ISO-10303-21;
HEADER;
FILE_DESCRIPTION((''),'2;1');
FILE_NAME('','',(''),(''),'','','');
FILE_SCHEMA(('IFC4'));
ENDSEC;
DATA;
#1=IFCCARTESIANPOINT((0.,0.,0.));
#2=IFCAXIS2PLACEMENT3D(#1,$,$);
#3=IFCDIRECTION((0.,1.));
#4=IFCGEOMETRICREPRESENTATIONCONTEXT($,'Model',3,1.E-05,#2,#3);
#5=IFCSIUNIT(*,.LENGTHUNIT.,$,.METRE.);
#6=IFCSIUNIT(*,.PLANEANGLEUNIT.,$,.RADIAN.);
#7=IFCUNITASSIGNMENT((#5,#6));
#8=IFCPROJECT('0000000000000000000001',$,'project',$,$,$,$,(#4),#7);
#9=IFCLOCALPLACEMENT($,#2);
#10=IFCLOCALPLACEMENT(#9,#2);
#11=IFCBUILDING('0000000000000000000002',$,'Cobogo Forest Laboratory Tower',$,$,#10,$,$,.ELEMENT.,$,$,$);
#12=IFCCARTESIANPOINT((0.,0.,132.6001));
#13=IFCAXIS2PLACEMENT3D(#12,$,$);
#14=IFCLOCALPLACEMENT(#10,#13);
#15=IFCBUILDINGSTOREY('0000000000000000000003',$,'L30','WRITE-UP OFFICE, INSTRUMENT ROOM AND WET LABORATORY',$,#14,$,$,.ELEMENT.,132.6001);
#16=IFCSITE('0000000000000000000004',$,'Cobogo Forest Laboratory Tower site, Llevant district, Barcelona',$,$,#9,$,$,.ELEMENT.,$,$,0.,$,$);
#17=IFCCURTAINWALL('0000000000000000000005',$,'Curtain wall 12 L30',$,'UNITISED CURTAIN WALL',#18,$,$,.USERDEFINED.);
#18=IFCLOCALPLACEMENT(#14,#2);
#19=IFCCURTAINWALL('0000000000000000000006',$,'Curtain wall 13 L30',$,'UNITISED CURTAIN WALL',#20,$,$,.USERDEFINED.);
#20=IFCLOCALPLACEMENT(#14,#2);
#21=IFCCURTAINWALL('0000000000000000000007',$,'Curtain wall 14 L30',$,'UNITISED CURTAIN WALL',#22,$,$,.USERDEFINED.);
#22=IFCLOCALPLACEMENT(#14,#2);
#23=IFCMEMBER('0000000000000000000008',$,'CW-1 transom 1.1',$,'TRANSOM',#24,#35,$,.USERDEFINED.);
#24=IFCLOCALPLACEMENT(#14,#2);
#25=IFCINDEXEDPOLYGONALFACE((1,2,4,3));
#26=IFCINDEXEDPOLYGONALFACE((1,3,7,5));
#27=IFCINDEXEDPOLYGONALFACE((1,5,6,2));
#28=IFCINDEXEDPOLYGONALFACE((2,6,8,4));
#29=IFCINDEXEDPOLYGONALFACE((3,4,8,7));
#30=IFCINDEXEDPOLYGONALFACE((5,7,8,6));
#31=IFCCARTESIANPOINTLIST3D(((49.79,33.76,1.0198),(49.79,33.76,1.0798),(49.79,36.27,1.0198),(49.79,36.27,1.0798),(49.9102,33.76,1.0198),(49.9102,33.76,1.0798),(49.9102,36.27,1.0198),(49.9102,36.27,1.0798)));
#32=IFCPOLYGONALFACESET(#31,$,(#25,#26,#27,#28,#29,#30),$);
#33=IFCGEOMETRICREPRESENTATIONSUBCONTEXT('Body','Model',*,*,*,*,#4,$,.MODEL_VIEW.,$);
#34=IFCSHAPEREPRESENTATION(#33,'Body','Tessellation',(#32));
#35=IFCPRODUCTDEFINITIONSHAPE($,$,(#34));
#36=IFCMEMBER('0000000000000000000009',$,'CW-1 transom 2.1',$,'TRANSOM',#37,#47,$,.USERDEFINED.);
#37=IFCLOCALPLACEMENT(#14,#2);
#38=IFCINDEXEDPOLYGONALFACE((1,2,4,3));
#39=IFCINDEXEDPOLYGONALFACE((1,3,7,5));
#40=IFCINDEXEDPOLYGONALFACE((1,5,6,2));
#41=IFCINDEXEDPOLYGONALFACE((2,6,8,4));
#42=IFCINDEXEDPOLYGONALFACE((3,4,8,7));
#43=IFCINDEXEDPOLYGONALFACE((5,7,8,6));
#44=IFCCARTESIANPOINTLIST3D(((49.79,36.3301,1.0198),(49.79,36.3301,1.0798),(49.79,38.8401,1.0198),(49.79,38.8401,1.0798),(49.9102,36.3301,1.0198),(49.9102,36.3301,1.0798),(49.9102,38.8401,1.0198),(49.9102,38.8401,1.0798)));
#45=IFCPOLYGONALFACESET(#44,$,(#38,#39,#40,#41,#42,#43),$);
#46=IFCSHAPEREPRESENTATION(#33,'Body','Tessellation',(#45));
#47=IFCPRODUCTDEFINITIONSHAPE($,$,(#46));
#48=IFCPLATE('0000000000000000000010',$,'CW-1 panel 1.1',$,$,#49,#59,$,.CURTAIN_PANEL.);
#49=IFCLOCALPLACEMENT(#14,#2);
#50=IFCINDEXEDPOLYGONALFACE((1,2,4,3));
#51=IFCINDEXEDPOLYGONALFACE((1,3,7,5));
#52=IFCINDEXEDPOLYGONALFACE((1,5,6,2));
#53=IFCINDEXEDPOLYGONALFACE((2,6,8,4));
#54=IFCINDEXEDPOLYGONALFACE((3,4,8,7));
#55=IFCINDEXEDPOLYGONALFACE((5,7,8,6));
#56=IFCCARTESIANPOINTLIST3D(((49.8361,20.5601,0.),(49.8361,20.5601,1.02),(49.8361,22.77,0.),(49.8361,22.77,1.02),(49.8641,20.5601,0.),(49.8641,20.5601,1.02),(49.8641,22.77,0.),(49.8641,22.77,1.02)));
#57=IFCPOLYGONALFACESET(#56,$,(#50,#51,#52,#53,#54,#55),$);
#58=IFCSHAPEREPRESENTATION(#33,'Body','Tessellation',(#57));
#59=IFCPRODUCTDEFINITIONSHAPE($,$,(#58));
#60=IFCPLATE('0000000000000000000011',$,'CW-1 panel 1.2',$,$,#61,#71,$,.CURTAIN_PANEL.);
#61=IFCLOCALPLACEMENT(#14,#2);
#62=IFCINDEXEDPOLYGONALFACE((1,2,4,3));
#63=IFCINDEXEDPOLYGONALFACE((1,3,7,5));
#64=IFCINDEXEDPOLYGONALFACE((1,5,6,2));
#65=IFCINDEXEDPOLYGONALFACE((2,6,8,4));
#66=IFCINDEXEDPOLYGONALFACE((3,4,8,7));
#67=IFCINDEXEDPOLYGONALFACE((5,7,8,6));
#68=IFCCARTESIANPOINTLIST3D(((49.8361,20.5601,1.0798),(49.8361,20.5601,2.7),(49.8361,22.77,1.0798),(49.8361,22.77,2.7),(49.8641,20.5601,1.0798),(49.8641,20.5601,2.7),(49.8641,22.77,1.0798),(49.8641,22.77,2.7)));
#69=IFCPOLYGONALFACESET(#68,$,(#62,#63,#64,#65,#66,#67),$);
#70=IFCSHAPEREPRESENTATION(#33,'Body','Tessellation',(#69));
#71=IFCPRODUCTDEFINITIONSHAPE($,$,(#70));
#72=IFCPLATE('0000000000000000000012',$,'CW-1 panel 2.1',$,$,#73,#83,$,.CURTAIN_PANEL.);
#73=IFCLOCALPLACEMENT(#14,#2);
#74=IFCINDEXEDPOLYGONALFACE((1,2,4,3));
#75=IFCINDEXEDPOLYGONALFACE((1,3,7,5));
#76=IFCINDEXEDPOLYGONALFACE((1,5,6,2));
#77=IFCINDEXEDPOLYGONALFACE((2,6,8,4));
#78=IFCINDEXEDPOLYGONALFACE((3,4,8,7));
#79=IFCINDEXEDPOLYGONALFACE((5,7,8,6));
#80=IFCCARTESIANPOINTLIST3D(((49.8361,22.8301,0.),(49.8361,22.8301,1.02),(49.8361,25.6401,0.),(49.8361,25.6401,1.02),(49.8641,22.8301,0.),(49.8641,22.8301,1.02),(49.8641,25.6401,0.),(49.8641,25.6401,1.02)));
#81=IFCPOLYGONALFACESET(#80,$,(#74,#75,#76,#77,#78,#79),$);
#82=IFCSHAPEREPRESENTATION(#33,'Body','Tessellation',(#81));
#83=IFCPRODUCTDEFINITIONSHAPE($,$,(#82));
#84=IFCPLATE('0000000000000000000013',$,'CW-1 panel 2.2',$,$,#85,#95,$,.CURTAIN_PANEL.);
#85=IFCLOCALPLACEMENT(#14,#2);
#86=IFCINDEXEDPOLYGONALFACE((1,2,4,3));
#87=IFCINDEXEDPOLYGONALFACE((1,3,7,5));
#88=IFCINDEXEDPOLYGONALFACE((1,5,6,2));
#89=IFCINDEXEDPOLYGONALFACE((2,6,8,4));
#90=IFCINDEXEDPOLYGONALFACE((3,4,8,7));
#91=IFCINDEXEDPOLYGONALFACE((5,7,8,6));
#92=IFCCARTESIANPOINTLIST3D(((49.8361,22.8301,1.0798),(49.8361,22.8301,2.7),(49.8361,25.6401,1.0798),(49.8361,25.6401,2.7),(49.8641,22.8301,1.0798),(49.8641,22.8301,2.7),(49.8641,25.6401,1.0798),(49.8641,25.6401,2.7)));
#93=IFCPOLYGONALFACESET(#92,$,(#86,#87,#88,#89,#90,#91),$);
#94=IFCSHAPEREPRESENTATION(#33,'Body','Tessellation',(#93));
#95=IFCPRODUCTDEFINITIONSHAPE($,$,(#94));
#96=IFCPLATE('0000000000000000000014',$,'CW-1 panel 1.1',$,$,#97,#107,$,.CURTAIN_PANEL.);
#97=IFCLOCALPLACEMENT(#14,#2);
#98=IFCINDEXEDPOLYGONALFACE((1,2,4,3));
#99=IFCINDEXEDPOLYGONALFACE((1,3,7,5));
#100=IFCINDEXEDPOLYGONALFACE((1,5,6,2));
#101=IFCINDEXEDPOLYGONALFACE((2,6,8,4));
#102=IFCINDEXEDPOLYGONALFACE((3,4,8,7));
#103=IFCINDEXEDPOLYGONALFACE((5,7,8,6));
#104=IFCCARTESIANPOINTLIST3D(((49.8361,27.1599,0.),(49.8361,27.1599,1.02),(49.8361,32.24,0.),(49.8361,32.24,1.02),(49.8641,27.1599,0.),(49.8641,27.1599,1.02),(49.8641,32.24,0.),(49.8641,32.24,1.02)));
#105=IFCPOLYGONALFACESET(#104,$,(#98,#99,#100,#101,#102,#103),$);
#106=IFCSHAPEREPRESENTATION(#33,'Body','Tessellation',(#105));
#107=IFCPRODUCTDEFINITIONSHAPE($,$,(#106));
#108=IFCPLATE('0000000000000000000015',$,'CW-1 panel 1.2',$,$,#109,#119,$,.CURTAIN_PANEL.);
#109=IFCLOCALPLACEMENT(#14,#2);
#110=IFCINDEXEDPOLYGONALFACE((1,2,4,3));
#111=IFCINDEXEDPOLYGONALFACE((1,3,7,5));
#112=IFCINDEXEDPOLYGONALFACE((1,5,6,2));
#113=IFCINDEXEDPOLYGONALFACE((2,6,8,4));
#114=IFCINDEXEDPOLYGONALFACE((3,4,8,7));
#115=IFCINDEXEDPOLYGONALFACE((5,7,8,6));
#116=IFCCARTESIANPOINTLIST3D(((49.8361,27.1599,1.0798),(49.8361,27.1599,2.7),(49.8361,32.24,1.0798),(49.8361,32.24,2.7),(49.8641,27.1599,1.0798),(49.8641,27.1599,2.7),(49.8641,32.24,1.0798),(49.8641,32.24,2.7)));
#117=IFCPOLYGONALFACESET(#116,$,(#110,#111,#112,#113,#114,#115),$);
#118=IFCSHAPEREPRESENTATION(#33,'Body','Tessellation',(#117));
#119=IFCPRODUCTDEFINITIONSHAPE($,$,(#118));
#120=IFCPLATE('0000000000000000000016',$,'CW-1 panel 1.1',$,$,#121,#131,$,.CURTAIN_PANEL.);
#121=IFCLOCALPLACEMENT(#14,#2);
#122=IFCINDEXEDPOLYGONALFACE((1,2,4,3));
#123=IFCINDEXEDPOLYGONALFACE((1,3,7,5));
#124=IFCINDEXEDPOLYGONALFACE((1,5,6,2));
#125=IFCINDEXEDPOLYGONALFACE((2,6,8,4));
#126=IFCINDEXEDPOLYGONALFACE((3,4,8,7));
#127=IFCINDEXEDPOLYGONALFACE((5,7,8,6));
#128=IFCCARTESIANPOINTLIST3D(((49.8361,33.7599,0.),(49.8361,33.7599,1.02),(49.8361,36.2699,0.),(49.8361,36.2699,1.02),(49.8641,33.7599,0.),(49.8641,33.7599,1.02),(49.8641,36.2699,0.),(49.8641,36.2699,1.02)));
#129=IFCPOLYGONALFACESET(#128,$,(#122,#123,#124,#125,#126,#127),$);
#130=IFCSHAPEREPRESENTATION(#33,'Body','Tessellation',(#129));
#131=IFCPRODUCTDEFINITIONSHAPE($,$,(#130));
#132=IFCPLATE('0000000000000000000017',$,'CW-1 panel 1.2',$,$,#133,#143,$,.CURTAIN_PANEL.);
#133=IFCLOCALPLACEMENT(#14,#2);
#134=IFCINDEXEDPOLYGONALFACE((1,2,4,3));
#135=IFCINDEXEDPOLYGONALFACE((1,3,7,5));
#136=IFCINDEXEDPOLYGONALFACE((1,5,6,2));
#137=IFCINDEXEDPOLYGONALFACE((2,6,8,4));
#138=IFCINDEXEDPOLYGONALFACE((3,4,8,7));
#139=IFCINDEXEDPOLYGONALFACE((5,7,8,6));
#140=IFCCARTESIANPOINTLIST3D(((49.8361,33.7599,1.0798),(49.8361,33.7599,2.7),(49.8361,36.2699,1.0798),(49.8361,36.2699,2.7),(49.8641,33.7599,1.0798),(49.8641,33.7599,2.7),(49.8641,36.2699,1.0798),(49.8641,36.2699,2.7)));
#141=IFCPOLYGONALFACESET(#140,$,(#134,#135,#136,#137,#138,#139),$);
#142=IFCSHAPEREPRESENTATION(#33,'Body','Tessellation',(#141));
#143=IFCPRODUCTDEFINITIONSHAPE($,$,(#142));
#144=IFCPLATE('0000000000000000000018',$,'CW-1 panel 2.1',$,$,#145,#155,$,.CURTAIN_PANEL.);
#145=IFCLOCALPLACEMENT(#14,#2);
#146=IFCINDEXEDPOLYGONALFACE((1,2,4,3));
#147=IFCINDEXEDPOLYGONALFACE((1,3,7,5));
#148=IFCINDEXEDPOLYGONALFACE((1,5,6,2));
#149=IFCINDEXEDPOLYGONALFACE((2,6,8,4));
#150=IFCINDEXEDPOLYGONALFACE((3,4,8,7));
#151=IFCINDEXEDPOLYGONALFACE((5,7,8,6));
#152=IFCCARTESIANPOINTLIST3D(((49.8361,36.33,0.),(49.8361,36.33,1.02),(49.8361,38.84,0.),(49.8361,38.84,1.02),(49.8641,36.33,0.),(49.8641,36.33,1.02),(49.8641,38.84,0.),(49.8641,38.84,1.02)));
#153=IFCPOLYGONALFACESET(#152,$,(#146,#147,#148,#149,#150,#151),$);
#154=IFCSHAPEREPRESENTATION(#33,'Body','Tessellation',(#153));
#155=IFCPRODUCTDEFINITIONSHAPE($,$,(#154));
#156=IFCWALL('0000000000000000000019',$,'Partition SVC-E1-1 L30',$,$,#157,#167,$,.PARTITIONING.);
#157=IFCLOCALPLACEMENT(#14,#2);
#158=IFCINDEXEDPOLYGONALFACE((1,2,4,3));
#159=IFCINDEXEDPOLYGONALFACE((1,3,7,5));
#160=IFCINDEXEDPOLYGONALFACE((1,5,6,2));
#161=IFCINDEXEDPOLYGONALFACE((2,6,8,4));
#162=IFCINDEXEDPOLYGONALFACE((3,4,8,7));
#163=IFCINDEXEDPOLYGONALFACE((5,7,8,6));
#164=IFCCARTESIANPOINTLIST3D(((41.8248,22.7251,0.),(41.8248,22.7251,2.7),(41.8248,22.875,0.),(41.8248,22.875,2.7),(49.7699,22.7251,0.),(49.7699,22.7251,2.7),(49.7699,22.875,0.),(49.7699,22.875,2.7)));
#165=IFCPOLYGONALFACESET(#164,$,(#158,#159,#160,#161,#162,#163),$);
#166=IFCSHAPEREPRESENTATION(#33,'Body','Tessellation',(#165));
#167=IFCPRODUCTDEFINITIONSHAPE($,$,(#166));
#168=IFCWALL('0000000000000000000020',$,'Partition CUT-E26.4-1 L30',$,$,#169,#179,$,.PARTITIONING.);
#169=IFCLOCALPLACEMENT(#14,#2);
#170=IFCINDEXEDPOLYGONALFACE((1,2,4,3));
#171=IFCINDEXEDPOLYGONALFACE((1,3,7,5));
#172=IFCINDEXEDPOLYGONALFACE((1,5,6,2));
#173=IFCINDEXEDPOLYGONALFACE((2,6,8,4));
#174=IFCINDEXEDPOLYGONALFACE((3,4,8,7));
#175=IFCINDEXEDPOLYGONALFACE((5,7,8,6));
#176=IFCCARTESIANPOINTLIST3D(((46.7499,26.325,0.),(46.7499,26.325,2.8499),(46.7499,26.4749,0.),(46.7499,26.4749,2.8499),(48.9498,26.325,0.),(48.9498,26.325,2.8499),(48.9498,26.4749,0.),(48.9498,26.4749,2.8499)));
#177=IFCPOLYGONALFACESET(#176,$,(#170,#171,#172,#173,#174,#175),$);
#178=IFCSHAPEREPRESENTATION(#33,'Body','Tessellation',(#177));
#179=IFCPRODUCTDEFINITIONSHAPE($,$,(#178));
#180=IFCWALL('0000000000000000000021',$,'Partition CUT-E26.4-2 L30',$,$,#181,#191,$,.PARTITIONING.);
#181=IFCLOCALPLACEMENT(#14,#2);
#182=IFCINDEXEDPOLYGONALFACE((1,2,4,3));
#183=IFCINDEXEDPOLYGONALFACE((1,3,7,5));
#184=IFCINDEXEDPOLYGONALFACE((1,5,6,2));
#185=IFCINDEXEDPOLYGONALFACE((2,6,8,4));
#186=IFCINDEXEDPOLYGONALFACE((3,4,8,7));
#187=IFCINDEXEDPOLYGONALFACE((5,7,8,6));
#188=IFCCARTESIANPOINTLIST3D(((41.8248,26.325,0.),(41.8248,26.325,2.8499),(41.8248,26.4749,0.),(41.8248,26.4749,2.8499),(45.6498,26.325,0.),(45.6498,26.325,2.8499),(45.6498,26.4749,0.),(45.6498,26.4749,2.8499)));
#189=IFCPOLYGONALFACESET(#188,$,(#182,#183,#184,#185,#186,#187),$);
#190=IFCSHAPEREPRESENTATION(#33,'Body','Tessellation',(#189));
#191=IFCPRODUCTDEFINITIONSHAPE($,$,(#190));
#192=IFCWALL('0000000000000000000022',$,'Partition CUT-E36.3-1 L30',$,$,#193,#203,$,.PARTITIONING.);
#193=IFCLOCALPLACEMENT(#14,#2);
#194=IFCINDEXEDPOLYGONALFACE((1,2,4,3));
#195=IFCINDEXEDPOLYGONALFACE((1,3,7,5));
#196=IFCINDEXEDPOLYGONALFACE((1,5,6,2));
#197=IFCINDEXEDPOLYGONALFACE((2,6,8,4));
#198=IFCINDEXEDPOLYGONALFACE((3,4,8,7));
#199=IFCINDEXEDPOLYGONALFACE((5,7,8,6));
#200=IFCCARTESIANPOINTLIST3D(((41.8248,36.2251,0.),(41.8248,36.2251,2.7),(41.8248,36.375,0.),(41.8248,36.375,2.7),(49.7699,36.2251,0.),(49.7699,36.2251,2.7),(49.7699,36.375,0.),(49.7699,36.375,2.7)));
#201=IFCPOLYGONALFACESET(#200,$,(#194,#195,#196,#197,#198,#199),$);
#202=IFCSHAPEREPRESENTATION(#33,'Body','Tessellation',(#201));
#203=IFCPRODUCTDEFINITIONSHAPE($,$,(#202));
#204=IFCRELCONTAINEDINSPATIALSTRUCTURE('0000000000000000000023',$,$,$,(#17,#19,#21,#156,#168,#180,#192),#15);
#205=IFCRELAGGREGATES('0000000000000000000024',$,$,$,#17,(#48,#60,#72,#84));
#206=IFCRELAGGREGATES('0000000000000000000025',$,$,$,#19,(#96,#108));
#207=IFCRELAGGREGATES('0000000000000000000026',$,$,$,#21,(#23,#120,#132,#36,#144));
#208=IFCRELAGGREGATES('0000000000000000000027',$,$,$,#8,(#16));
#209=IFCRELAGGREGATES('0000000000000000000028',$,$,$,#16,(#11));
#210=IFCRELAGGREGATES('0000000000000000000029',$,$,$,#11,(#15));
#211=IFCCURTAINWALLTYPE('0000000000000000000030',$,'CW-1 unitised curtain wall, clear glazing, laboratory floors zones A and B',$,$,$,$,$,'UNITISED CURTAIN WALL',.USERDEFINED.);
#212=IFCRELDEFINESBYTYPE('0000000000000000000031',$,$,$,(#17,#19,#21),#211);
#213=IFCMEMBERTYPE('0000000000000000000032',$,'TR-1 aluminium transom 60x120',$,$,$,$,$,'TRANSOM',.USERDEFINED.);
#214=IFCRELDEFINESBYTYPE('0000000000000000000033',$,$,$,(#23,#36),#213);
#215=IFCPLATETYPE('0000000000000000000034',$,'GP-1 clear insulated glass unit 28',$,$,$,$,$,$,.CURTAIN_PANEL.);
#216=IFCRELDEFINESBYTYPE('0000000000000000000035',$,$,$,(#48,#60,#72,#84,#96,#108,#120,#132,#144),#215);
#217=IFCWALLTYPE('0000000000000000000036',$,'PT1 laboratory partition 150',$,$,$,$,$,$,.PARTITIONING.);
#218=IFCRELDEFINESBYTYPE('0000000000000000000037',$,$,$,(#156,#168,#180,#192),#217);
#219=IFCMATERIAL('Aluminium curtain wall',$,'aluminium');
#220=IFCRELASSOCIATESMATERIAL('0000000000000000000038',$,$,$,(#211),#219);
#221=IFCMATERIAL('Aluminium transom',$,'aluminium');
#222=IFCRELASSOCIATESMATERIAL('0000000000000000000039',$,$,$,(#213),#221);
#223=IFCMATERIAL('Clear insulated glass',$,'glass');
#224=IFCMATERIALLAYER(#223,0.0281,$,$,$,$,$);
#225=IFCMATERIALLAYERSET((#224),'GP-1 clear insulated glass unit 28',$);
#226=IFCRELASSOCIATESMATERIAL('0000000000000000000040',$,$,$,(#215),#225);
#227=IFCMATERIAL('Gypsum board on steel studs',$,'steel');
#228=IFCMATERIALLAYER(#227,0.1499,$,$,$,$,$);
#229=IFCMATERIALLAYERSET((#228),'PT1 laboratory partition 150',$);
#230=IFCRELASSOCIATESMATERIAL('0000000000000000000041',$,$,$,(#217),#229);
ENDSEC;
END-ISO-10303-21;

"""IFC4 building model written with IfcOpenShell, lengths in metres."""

from ifc_helpers import new_model, si_unit, direction, frame, frame_2d, origin, origin_2d, place, context, subcontext, project, spatial, rectangle, extrude, material, layer, layer_set, material_profile, profile_set, type_object, element, aggregate, save


model = new_model("IFC4")

# Units and contexts
model_context = context("Model", 3, precision=1e-05, world=origin(), true_north=direction((0.0, 1.0)))
body_context = subcontext(model_context, "Body", "Model", "MODEL_VIEW")
ifc_project = project(units=[si_unit("LENGTHUNIT", "METRE"), si_unit("PLANEANGLEUNIT", "RADIAN")], contexts=[model_context])

# Site, building, storey
site_placement = place(None, origin())
site = spatial("IfcSite", under=ifc_project, at=site_placement, Name="Cobogo Forest Laboratory Tower site, Llevant district, Barcelona", CompositionType="ELEMENT", RefElevation=0.0)
building_placement = place(site_placement, origin())
building = spatial("IfcBuilding", under=site, at=building_placement, Name="Cobogo Forest Laboratory Tower", CompositionType="ELEMENT")
storey_placement = place(building_placement, frame((0.0, 0.0, 132.6001)))
storey = spatial("IfcBuildingStorey", under=building, at=storey_placement, Name="L30", Description="WRITE-UP OFFICE, INSTRUMENT ROOM AND WET LABORATORY", CompositionType="ELEMENT", Elevation=132.6001)

# Curtain walls
ifc_material_1 = material(Name="Aluminium curtain wall", Category="aluminium")
curtain_wall_type = type_object("IfcCurtainWallType", Name="CW-1 unitised curtain wall, clear glazing, laboratory floors zones A and B", ElementType="UNITISED CURTAIN WALL", PredefinedType="USERDEFINED", material=ifc_material_1)
curtain_wall_1_placement = place(storey_placement, origin())
curtain_wall_1 = element("IfcCurtainWall", 1, at=curtain_wall_1_placement, inside=storey, type_object=curtain_wall_type, Name="Curtain wall 12 L30", ObjectType="UNITISED CURTAIN WALL", PredefinedType="USERDEFINED")
curtain_wall_2_placement = place(storey_placement, origin())
curtain_wall_2 = element("IfcCurtainWall", 2, at=curtain_wall_2_placement, inside=storey, type_object=curtain_wall_type, Name="Curtain wall 13 L30", ObjectType="UNITISED CURTAIN WALL", PredefinedType="USERDEFINED")
curtain_wall_3_placement = place(storey_placement, origin())
curtain_wall_3 = element("IfcCurtainWall", 3, at=curtain_wall_3_placement, inside=storey, type_object=curtain_wall_type, Name="Curtain wall 14 L30", ObjectType="UNITISED CURTAIN WALL", PredefinedType="USERDEFINED")

# Members
ifc_material_2 = material(Name="Aluminium transom", Category="aluminium")
ifc_material_profile_1 = material_profile(ifc_material_2, rectangle(XDim=0.1201, YDim=0.0601, at=origin_2d()), Name="AL 60x120")
ifc_profile_set_1 = profile_set([ifc_material_profile_1], Name="Aluminium transom")
member_type_1 = type_object("IfcMemberType", Name="TR-1 aluminium transom 60x120", ElementType="TRANSOM", PredefinedType="USERDEFINED", material=ifc_profile_set_1)
member_1_placement = place(storey_placement, frame((49.8501, 33.76, 1.0498), z_axis=(0.0, 1.0, 0.0), x_axis=(-1.0, 0.0, 0.0)))
member_1 = element("IfcMember", 4, at=member_1_placement, type_object=member_type_1, Name="CW-1 transom 1.1", ObjectType="TRANSOM", PredefinedType="USERDEFINED", context=body_context, shape_type="SweptSolid", body=[
    extrude(rectangle(XDim=0.1201, YDim=0.0601, at=origin_2d()), origin(), (0.0, 0.0, 1.0), 2.51),
])
member_2_placement = place(storey_placement, frame((49.8501, 36.3301, 1.0498), z_axis=(0.0, 1.0, 0.0), x_axis=(-1.0, 0.0, 0.0)))
member_2 = element("IfcMember", 5, at=member_2_placement, type_object=member_type_1, Name="CW-1 transom 2.1", ObjectType="TRANSOM", PredefinedType="USERDEFINED", context=body_context, shape_type="SweptSolid", body=[
    extrude(rectangle(XDim=0.1201, YDim=0.0601, at=origin_2d()), origin(), (0.0, 0.0, 1.0), 2.51),
])

# Plates
ifc_material_3 = material(Name="Clear insulated glass", Category="glass")
ifc_layer_1 = layer(ifc_material_3, 0.0281)
ifc_layer_set_1 = layer_set([ifc_layer_1], Name="GP-1 clear insulated glass unit 28")
plate_type_1 = type_object("IfcPlateType", Name="GP-1 clear insulated glass unit 28", PredefinedType="CURTAIN_PANEL", material=ifc_layer_set_1)
plate_1_placement = place(storey_placement, frame((49.8501, 21.665, 0.0), z_axis=(0.0, 0.0, 1.0), x_axis=(0.0, 1.0, 0.0)))
plate_1 = element("IfcPlate", 6, at=plate_1_placement, type_object=plate_type_1, Name="CW-1 panel 1.1", PredefinedType="CURTAIN_PANEL", context=body_context, shape_type="SweptSolid", body=[
    extrude(rectangle(XDim=2.21, YDim=0.0281, at=origin_2d()), origin(), (0.0, 0.0, 1.0), 1.02),
])
plate_2_placement = place(storey_placement, frame((49.8501, 21.665, 1.0798), z_axis=(0.0, 0.0, 1.0), x_axis=(0.0, 1.0, 0.0)))
plate_2 = element("IfcPlate", 7, at=plate_2_placement, type_object=plate_type_1, Name="CW-1 panel 1.2", PredefinedType="CURTAIN_PANEL", context=body_context, shape_type="SweptSolid", body=[
    extrude(rectangle(XDim=2.21, YDim=0.0281, at=origin_2d()), origin(), (0.0, 0.0, 1.0), 1.6201),
])
plate_3_placement = place(storey_placement, frame((49.8501, 24.2351, 0.0), z_axis=(0.0, 0.0, 1.0), x_axis=(0.0, 1.0, 0.0)))
plate_3 = element("IfcPlate", 8, at=plate_3_placement, type_object=plate_type_1, Name="CW-1 panel 2.1", PredefinedType="CURTAIN_PANEL", context=body_context, shape_type="SweptSolid", body=[
    extrude(rectangle(XDim=2.8101, YDim=0.0281, at=origin_2d()), origin(), (0.0, 0.0, 1.0), 1.02),
])
plate_4_placement = place(storey_placement, frame((49.8501, 24.2351, 1.0798), z_axis=(0.0, 0.0, 1.0), x_axis=(0.0, 1.0, 0.0)))
plate_4 = element("IfcPlate", 9, at=plate_4_placement, type_object=plate_type_1, Name="CW-1 panel 2.2", PredefinedType="CURTAIN_PANEL", context=body_context, shape_type="SweptSolid", body=[
    extrude(rectangle(XDim=2.8101, YDim=0.0281, at=origin_2d()), origin(), (0.0, 0.0, 1.0), 1.6201),
])
aggregate(curtain_wall_1, [plate_1, plate_2, plate_3, plate_4])
plate_5_placement = place(storey_placement, frame((49.8501, 29.7, 0.0), z_axis=(0.0, 0.0, 1.0), x_axis=(0.0, 1.0, 0.0)))
plate_5 = element("IfcPlate", 10, at=plate_5_placement, type_object=plate_type_1, Name="CW-1 panel 1.1", PredefinedType="CURTAIN_PANEL", context=body_context, shape_type="SweptSolid", body=[
    extrude(rectangle(XDim=5.0801, YDim=0.0281, at=origin_2d()), origin(), (0.0, 0.0, 1.0), 1.02),
])
plate_6_placement = place(storey_placement, frame((49.8501, 29.7, 1.0798), z_axis=(0.0, 0.0, 1.0), x_axis=(0.0, 1.0, 0.0)))
plate_6 = element("IfcPlate", 11, at=plate_6_placement, type_object=plate_type_1, Name="CW-1 panel 1.2", PredefinedType="CURTAIN_PANEL", context=body_context, shape_type="SweptSolid", body=[
    extrude(rectangle(XDim=5.0801, YDim=0.0281, at=origin_2d()), origin(), (0.0, 0.0, 1.0), 1.6201),
])
aggregate(curtain_wall_2, [plate_5, plate_6])
plate_7_placement = place(storey_placement, frame((49.8501, 35.0149, 0.0), z_axis=(0.0, 0.0, 1.0), x_axis=(0.0, 1.0, 0.0)))
plate_7 = element("IfcPlate", 12, at=plate_7_placement, type_object=plate_type_1, Name="CW-1 panel 1.1", PredefinedType="CURTAIN_PANEL", context=body_context, shape_type="SweptSolid", body=[
    extrude(rectangle(XDim=2.51, YDim=0.0281, at=origin_2d()), origin(), (0.0, 0.0, 1.0), 1.02),
])
plate_8_placement = place(storey_placement, frame((49.8501, 35.0149, 1.0798), z_axis=(0.0, 0.0, 1.0), x_axis=(0.0, 1.0, 0.0)))
plate_8 = element("IfcPlate", 13, at=plate_8_placement, type_object=plate_type_1, Name="CW-1 panel 1.2", PredefinedType="CURTAIN_PANEL", context=body_context, shape_type="SweptSolid", body=[
    extrude(rectangle(XDim=2.51, YDim=0.0281, at=origin_2d()), origin(), (0.0, 0.0, 1.0), 1.6201),
])
plate_9_placement = place(storey_placement, frame((49.8501, 37.585, 0.0), z_axis=(0.0, 0.0, 1.0), x_axis=(0.0, 1.0, 0.0)))
plate_9 = element("IfcPlate", 14, at=plate_9_placement, type_object=plate_type_1, Name="CW-1 panel 2.1", PredefinedType="CURTAIN_PANEL", context=body_context, shape_type="SweptSolid", body=[
    extrude(rectangle(XDim=2.51, YDim=0.0281, at=origin_2d()), origin(), (0.0, 0.0, 1.0), 1.02),
])
aggregate(curtain_wall_3, [member_1, plate_7, plate_8, member_2, plate_9])

# Walls
ifc_material_4 = material(Name="Gypsum board on steel studs", Category="steel")
ifc_layer_2 = layer(ifc_material_4, 0.1499)
ifc_layer_set_2 = layer_set([ifc_layer_2], Name="PT1 laboratory partition 150")
wall_type = type_object("IfcWallType", Name="PT1 laboratory partition 150", PredefinedType="PARTITIONING", material=ifc_layer_set_2)
wall_1_placement = place(storey_placement, frame((49.77, 22.8, 0.0), z_axis=(0.0, 0.0, 1.0), x_axis=(-1.0, 0.0, 0.0)))
element("IfcWall", 15, at=wall_1_placement, inside=storey, type_object=wall_type, Name="Partition SVC-E1-1 L30", PredefinedType="PARTITIONING", context=body_context, shape_type="SweptSolid", body=[
    extrude(rectangle(XDim=7.9451, YDim=0.1499, at=frame_2d((3.9727, 0.0))), origin(), (0.0, 0.0, 1.0), 2.7),
])
wall_2_placement = place(storey_placement, frame((48.95, 26.3999, 0.0), z_axis=(0.0, 0.0, 1.0), x_axis=(-1.0, 0.0, 0.0)))
element("IfcWall", 16, at=wall_2_placement, inside=storey, type_object=wall_type, Name="Partition CUT-E26.4-1 L30", PredefinedType="PARTITIONING", context=body_context, shape_type="SweptSolid", body=[
    extrude(rectangle(XDim=2.2, YDim=0.1499, at=frame_2d((1.1001, 0.0))), origin(), (0.0, 0.0, 1.0), 2.8499),
])
wall_3_placement = place(storey_placement, frame((45.6499, 26.3999, 0.0), z_axis=(0.0, 0.0, 1.0), x_axis=(-1.0, 0.0, 0.0)))
element("IfcWall", 17, at=wall_3_placement, inside=storey, type_object=wall_type, Name="Partition CUT-E26.4-2 L30", PredefinedType="PARTITIONING", context=body_context, shape_type="SweptSolid", body=[
    extrude(rectangle(XDim=3.825, YDim=0.1499, at=frame_2d((1.9126, 0.0))), origin(), (0.0, 0.0, 1.0), 2.8499),
])
wall_4_placement = place(storey_placement, frame((49.77, 36.3, 0.0), z_axis=(0.0, 0.0, 1.0), x_axis=(-1.0, 0.0, 0.0)))
element("IfcWall", 18, at=wall_4_placement, inside=storey, type_object=wall_type, Name="Partition CUT-E36.3-1 L30", PredefinedType="PARTITIONING", context=body_context, shape_type="SweptSolid", body=[
    extrude(rectangle(XDim=7.9451, YDim=0.1499, at=frame_2d((3.9727, 0.0))), origin(), (0.0, 0.0, 1.0), 2.7),
])

save(model, "model.ifc")
